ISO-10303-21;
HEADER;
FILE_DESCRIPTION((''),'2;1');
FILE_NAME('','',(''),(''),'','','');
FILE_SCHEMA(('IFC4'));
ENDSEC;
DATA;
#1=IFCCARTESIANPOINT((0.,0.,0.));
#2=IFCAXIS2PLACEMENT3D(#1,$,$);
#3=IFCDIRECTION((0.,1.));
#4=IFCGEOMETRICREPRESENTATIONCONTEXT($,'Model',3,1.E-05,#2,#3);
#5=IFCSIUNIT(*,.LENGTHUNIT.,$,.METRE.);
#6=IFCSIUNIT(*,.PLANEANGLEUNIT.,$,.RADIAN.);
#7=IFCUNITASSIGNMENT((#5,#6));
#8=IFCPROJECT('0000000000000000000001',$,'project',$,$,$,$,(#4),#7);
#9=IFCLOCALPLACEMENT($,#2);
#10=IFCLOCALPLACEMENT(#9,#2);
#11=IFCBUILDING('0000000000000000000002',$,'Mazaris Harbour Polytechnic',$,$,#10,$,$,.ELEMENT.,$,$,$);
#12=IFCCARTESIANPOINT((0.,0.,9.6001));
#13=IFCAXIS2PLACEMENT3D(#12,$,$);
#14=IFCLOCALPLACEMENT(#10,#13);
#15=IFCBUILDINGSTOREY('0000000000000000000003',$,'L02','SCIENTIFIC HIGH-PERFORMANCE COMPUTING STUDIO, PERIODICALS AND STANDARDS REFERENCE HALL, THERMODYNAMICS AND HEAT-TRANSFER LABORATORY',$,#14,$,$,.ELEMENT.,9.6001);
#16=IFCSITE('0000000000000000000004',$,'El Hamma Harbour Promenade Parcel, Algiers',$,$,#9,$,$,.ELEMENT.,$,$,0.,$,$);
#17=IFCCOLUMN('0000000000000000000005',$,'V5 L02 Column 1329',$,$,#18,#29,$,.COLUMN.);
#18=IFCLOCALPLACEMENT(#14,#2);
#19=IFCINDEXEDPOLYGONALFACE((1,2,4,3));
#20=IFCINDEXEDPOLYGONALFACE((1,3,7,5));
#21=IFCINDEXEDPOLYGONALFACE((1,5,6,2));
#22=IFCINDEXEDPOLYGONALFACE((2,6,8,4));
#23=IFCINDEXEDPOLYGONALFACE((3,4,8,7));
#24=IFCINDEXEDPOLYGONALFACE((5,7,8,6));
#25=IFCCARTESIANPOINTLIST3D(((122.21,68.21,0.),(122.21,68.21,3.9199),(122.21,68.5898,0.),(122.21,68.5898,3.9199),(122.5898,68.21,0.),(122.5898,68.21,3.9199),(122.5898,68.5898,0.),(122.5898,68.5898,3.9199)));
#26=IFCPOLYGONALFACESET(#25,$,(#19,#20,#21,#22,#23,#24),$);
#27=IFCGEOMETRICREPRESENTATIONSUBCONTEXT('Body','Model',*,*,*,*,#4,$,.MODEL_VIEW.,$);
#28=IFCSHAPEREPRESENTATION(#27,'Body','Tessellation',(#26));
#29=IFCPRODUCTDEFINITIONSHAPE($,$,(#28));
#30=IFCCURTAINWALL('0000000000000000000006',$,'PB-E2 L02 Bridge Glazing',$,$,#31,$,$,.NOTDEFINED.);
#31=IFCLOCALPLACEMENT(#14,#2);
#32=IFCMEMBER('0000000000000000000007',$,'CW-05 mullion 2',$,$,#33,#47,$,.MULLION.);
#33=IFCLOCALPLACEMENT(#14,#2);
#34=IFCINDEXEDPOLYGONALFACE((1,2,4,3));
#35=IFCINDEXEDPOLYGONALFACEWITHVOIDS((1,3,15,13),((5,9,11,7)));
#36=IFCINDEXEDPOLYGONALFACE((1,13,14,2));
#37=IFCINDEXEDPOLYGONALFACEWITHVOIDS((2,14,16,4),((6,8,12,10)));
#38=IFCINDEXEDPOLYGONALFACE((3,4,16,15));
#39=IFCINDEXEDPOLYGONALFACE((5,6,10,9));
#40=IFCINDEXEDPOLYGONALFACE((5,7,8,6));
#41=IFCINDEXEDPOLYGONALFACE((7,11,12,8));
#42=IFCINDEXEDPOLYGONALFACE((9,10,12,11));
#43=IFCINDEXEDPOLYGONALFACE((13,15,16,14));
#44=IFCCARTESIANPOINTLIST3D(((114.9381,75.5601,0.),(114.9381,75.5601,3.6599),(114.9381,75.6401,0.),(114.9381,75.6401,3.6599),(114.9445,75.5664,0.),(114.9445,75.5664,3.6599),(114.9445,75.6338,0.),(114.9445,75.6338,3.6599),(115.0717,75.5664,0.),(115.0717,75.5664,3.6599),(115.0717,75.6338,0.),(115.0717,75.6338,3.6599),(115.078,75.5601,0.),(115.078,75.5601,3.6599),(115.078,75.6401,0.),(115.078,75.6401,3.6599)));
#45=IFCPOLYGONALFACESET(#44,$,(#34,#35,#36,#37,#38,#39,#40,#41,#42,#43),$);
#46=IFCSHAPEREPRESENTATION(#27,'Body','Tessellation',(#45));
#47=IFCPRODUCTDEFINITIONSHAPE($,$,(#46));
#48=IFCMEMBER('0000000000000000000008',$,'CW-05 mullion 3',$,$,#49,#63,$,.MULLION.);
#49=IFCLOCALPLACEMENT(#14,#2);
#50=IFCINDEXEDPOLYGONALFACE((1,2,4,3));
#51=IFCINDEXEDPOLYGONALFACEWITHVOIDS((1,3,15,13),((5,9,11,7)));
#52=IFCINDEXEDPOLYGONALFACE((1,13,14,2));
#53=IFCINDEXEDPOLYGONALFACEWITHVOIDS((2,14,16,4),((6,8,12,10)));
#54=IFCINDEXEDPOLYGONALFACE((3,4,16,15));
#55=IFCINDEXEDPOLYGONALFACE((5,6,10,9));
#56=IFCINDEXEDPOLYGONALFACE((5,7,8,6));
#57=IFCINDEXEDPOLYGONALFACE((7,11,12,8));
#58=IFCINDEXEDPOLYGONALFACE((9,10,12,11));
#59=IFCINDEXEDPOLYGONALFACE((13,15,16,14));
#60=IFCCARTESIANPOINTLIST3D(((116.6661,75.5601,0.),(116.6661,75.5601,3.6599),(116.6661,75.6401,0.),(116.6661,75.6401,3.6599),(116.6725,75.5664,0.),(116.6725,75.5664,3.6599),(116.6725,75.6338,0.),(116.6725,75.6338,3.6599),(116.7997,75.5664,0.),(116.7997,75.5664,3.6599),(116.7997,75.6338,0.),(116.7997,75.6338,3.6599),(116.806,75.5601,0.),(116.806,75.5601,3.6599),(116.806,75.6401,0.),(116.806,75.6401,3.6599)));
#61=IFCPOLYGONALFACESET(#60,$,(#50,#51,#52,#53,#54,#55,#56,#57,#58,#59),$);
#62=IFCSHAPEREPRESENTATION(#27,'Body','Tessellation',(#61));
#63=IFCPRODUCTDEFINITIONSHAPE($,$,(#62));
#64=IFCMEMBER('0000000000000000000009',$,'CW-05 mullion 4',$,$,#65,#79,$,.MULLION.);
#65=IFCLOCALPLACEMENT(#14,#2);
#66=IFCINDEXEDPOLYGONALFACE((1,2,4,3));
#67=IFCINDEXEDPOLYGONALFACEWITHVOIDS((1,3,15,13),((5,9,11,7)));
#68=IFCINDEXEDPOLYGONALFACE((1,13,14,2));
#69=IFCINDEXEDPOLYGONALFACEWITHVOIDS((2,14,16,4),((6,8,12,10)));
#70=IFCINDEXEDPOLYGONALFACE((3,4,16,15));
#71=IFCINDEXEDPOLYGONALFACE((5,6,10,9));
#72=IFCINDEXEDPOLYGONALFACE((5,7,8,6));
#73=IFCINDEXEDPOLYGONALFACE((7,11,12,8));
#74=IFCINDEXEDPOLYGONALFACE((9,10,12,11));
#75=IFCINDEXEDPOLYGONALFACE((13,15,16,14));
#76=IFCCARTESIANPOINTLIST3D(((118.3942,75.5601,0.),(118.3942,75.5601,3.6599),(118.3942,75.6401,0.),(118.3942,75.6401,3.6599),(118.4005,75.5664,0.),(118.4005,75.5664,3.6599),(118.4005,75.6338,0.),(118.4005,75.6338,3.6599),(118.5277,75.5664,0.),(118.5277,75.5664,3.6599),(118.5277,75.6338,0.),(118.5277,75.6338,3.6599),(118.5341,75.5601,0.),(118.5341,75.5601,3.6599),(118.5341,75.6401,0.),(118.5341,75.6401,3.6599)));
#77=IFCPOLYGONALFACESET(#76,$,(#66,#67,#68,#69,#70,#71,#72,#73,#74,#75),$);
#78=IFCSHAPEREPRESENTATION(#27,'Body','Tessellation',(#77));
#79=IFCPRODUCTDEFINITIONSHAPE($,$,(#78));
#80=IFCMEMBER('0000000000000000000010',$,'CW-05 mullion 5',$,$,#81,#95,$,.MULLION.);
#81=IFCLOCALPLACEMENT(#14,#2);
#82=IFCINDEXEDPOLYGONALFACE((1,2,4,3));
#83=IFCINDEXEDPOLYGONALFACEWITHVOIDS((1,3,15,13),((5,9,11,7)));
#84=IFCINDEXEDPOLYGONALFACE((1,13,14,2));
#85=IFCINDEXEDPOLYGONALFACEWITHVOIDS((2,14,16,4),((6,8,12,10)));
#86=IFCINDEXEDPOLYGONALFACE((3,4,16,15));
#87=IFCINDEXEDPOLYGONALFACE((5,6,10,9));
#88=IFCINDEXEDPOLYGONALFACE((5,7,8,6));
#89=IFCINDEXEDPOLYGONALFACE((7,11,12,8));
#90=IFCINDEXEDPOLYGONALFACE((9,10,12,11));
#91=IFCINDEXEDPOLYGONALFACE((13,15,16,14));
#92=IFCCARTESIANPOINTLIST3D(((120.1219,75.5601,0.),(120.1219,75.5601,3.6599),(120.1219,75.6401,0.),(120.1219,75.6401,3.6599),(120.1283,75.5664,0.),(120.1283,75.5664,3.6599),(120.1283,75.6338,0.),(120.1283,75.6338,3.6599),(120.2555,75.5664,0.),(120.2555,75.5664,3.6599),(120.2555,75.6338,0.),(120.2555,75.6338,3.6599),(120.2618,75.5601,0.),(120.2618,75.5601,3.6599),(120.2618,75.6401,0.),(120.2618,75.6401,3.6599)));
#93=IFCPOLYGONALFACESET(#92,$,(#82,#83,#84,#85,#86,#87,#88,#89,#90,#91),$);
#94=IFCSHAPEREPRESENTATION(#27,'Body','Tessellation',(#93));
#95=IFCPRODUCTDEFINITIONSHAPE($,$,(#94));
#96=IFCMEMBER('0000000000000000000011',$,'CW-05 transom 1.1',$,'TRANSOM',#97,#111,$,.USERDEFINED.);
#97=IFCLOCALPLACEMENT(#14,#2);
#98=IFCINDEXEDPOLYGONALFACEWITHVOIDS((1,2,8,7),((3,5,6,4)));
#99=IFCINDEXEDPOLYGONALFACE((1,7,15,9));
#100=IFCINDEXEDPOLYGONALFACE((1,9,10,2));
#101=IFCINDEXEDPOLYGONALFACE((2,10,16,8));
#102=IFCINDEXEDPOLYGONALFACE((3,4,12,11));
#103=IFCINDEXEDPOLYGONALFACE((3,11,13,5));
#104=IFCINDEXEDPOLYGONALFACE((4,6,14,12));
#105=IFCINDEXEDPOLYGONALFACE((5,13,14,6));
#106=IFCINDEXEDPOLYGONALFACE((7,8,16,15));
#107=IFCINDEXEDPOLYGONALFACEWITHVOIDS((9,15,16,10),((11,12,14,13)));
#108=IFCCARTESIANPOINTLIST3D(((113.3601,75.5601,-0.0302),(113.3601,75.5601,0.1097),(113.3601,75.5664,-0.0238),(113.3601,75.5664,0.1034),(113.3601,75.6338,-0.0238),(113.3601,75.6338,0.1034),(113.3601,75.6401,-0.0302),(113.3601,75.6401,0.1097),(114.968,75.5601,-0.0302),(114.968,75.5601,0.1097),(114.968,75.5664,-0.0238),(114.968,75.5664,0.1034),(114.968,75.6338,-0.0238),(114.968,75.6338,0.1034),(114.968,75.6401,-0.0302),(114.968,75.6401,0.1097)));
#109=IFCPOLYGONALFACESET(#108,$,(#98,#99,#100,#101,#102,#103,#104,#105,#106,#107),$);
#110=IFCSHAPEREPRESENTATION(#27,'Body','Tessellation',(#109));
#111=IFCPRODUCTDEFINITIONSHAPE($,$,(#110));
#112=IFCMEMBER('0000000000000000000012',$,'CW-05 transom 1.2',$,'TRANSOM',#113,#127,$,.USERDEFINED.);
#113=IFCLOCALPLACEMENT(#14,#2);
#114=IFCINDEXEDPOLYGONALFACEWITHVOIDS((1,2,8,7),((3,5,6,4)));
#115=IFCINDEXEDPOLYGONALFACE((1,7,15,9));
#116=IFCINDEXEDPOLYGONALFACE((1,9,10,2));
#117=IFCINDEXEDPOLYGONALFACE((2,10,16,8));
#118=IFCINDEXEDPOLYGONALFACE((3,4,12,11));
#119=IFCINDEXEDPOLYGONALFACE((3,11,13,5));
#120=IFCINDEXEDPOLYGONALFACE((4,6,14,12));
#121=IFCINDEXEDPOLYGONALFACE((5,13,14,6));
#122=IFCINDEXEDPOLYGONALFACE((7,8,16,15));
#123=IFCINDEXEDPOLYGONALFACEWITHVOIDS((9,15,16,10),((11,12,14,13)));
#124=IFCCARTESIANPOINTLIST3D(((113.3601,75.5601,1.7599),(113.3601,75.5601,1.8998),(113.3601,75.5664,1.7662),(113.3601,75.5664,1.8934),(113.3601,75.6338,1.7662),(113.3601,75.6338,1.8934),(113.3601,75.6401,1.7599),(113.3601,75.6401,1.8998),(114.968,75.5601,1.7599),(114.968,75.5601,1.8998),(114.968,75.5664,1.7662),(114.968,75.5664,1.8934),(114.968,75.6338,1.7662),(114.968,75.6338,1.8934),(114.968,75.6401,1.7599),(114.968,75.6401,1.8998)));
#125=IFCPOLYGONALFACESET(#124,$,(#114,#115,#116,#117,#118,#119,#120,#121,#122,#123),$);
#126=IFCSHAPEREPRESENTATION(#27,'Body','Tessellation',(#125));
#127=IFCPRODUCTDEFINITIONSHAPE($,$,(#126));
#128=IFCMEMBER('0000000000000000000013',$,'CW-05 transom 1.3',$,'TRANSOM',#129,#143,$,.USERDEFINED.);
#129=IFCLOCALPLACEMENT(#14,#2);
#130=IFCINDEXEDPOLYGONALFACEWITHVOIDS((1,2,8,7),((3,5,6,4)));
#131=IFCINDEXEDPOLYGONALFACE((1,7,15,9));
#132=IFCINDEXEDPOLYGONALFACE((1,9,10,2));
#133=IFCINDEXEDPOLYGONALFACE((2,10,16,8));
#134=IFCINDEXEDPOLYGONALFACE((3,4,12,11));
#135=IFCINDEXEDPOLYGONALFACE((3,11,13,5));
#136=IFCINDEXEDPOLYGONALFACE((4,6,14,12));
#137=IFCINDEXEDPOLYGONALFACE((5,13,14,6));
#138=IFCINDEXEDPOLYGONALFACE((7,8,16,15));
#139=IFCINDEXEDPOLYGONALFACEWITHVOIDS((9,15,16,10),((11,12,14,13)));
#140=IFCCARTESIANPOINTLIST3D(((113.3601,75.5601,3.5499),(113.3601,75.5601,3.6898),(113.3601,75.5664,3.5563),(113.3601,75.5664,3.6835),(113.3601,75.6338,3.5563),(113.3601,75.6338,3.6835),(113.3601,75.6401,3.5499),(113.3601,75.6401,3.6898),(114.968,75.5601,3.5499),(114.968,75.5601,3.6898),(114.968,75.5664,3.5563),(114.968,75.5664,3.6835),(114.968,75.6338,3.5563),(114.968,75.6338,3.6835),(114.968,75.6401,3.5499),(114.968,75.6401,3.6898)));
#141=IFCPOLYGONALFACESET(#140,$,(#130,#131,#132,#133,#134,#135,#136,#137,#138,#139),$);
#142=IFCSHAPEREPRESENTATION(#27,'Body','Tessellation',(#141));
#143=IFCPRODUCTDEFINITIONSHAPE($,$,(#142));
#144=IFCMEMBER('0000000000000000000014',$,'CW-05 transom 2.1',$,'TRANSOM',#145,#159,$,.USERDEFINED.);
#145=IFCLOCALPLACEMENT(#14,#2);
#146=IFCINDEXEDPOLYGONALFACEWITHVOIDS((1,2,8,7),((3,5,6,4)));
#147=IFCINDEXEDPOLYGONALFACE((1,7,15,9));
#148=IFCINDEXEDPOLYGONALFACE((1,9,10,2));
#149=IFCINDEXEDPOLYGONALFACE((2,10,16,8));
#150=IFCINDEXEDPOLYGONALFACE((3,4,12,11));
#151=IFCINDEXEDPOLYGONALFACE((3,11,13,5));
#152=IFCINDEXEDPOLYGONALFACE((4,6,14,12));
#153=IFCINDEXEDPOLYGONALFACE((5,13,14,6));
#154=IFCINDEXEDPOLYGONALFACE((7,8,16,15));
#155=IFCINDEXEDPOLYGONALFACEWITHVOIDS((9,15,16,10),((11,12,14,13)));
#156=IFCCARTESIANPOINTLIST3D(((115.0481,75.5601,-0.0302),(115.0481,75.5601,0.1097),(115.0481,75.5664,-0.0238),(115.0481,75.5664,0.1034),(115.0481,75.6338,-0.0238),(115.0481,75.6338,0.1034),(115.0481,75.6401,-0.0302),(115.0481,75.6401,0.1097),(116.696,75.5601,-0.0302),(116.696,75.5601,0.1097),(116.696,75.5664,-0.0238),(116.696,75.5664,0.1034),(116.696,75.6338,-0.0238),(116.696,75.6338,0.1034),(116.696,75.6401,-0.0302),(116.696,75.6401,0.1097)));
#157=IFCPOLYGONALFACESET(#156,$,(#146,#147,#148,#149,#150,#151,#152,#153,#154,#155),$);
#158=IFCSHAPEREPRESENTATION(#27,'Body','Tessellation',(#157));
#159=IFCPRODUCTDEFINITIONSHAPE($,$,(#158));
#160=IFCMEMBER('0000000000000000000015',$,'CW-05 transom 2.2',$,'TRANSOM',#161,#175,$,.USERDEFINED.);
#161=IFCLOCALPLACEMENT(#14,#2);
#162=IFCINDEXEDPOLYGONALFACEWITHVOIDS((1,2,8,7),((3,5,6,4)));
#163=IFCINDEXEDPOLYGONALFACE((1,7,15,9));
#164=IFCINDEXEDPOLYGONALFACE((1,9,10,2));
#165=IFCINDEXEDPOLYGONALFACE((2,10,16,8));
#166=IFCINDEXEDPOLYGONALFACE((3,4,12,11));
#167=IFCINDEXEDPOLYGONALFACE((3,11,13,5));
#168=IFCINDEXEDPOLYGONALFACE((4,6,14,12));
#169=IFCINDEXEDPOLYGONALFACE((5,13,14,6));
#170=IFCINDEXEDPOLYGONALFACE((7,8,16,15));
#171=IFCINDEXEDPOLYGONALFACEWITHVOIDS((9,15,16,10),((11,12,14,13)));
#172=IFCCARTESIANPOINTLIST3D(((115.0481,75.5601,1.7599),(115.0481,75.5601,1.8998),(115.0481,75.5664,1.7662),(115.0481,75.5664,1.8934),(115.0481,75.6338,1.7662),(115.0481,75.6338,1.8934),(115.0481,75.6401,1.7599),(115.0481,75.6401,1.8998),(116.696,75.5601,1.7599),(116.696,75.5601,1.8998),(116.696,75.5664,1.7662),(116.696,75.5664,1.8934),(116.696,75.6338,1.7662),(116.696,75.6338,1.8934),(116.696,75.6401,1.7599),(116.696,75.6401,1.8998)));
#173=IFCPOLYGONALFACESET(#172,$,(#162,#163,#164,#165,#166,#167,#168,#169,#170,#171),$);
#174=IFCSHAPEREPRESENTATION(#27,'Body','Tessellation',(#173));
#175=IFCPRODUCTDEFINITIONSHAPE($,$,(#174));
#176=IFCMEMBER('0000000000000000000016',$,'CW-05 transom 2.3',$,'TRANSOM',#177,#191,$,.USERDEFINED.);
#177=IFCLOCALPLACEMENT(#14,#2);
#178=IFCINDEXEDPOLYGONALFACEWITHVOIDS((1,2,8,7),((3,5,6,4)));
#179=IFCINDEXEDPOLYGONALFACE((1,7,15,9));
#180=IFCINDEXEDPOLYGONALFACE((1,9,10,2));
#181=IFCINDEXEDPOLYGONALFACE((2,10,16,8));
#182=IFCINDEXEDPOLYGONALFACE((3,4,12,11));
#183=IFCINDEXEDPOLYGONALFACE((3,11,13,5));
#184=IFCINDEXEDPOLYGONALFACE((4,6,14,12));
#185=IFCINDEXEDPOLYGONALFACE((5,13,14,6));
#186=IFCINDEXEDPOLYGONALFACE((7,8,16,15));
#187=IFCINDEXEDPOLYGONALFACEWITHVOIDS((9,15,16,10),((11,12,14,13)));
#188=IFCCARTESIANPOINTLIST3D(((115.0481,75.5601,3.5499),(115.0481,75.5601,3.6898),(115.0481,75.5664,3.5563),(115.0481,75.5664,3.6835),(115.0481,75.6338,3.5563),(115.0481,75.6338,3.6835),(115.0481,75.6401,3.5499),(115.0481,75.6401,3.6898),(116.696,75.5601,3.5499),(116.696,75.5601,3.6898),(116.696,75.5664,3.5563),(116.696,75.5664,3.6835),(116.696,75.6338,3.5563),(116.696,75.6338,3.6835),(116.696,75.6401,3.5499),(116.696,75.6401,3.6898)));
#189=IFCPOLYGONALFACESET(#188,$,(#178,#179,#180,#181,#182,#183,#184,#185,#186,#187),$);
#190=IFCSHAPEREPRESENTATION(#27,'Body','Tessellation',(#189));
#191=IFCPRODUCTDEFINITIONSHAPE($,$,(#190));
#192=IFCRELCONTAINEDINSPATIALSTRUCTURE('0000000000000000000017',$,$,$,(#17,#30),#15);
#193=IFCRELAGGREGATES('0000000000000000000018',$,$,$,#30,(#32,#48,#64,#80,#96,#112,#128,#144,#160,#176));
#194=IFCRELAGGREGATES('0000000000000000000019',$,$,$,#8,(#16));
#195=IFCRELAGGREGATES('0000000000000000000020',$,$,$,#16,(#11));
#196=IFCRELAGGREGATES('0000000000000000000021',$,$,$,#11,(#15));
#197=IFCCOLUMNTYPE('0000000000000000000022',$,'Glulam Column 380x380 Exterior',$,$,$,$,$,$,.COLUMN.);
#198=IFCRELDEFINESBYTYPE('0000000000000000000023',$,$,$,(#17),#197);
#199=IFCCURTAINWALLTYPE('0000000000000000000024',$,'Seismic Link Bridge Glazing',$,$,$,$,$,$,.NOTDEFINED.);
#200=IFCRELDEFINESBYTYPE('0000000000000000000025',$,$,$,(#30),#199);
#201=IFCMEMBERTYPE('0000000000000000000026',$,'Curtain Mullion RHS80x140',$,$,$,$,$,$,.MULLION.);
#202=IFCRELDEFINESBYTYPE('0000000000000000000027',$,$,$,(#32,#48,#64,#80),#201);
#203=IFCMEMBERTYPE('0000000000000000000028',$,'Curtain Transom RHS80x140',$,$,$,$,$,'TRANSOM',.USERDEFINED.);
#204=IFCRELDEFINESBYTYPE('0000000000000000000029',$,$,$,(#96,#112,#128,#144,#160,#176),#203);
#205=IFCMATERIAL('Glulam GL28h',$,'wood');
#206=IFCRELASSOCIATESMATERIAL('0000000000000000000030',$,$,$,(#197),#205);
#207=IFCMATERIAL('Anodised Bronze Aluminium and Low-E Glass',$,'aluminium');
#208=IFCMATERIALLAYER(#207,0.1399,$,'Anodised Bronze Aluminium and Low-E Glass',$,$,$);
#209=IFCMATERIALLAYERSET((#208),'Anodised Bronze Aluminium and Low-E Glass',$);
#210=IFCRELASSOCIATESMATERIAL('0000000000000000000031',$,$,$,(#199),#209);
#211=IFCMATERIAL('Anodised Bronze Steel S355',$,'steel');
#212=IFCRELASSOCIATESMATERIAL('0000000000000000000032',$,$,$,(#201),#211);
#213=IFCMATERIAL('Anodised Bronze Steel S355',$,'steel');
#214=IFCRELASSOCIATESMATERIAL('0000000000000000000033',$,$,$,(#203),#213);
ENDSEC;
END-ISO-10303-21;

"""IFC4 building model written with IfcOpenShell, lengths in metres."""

from ifc_helpers import new_model, si_unit, direction, frame, origin, origin_2d, place, context, subcontext, project, spatial, rectangle, hollow_rectangle, extrude, material, layer, layer_set, material_profile, profile_set, type_object, element, aggregate, save


model = new_model("IFC4")

# Units and contexts
model_context = context("Model", 3, precision=1e-05, world=origin(), true_north=direction((0.0, 1.0)))
body_context = subcontext(model_context, "Body", "Model", "MODEL_VIEW")
ifc_project = project(units=[si_unit("LENGTHUNIT", "METRE"), si_unit("PLANEANGLEUNIT", "RADIAN")], contexts=[model_context])

# Site, building, storey
site_placement = place(None, origin())
site = spatial("IfcSite", under=ifc_project, at=site_placement, Name="El Hamma Harbour Promenade Parcel, Algiers", CompositionType="ELEMENT", RefElevation=0.0)
building_placement = place(site_placement, origin())
building = spatial("IfcBuilding", under=site, at=building_placement, Name="Mazaris Harbour Polytechnic", CompositionType="ELEMENT")
storey_placement = place(building_placement, frame((0.0, 0.0, 9.6001)))
storey = spatial("IfcBuildingStorey", under=building, at=storey_placement, Name="L02", Description="SCIENTIFIC HIGH-PERFORMANCE COMPUTING STUDIO, PERIODICALS AND STANDARDS REFERENCE HALL, THERMODYNAMICS AND HEAT-TRANSFER LABORATORY", CompositionType="ELEMENT", Elevation=9.6001)

# Column
ifc_material_1 = material(Name="Glulam GL28h", Category="wood")
ifc_material_profile_1 = material_profile(ifc_material_1, rectangle(XDim=0.3799, YDim=0.3799, at=origin_2d()), Name="RECT380x380")
ifc_profile_set_1 = profile_set([ifc_material_profile_1], Name="Glulam GL28h")
column_type = type_object("IfcColumnType", Name="Glulam Column 380x380 Exterior", PredefinedType="COLUMN", material=ifc_profile_set_1)
column_placement = place(storey_placement, frame((122.3999, 68.3999, 0.0), z_axis=(0.0, 0.0, 1.0), x_axis=(1.0, 0.0, 0.0)))
element("IfcColumn", 1, at=column_placement, inside=storey, type_object=column_type, Name="V5 L02 Column 1329", PredefinedType="COLUMN", context=body_context, shape_type="SweptSolid", body=[
    extrude(rectangle(XDim=0.3799, YDim=0.3799, at=origin_2d()), origin(), (0.0, 0.0, 1.0), 3.9199),
])

# Curtain wall, members
ifc_material_2 = material(Name="Anodised Bronze Aluminium and Low-E Glass", Category="aluminium")
ifc_layer_1 = layer(ifc_material_2, 0.1399, Name="Anodised Bronze Aluminium and Low-E Glass")
ifc_layer_set_1 = layer_set([ifc_layer_1], Name="Anodised Bronze Aluminium and Low-E Glass")
curtain_wall_type = type_object("IfcCurtainWallType", Name="Seismic Link Bridge Glazing", PredefinedType="NOTDEFINED", material=ifc_layer_set_1)
curtain_wall_placement = place(storey_placement, origin())
curtain_wall = element("IfcCurtainWall", 2, at=curtain_wall_placement, inside=storey, type_object=curtain_wall_type, Name="PB-E2 L02 Bridge Glazing", PredefinedType="NOTDEFINED")
ifc_material_3 = material(Name="Anodised Bronze Steel S355", Category="steel")
ifc_material_profile_2 = material_profile(ifc_material_3, hollow_rectangle(XDim=0.0801, YDim=0.1399, WallThickness=0.0063, at=origin_2d()), Name="RHS 80x140x6.3")
ifc_profile_set_2 = profile_set([ifc_material_profile_2], Name="Anodised Bronze Steel S355")
member_type_1 = type_object("IfcMemberType", Name="Curtain Mullion RHS80x140", PredefinedType="MULLION", material=ifc_profile_set_2)
member_1_placement = place(storey_placement, frame((115.0081, 75.6001, 0.0), z_axis=(0.0, 0.0, 1.0), x_axis=(0.0, 1.0, 0.0)))
member_1 = element("IfcMember", 3, at=member_1_placement, type_object=member_type_1, Name="CW-05 mullion 2", PredefinedType="MULLION", context=body_context, shape_type="SweptSolid", body=[
    extrude(hollow_rectangle(XDim=0.0801, YDim=0.1399, WallThickness=0.0063, at=origin_2d()), origin(), (0.0, 0.0, 1.0), 3.6599),
])
member_2_placement = place(storey_placement, frame((116.7361, 75.6001, 0.0), z_axis=(0.0, 0.0, 1.0), x_axis=(0.0, 1.0, 0.0)))
member_2 = element("IfcMember", 4, at=member_2_placement, type_object=member_type_1, Name="CW-05 mullion 3", PredefinedType="MULLION", context=body_context, shape_type="SweptSolid", body=[
    extrude(hollow_rectangle(XDim=0.0801, YDim=0.1399, WallThickness=0.0063, at=origin_2d()), origin(), (0.0, 0.0, 1.0), 3.6599),
])
member_3_placement = place(storey_placement, frame((118.4641, 75.6001, 0.0), z_axis=(0.0, 0.0, 1.0), x_axis=(0.0, 1.0, 0.0)))
member_3 = element("IfcMember", 5, at=member_3_placement, type_object=member_type_1, Name="CW-05 mullion 4", PredefinedType="MULLION", context=body_context, shape_type="SweptSolid", body=[
    extrude(hollow_rectangle(XDim=0.0801, YDim=0.1399, WallThickness=0.0063, at=origin_2d()), origin(), (0.0, 0.0, 1.0), 3.6599),
])
member_4_placement = place(storey_placement, frame((120.1919, 75.6001, 0.0), z_axis=(0.0, 0.0, 1.0), x_axis=(0.0, 1.0, 0.0)))
member_4 = element("IfcMember", 6, at=member_4_placement, type_object=member_type_1, Name="CW-05 mullion 5", PredefinedType="MULLION", context=body_context, shape_type="SweptSolid", body=[
    extrude(hollow_rectangle(XDim=0.0801, YDim=0.1399, WallThickness=0.0063, at=origin_2d()), origin(), (0.0, 0.0, 1.0), 3.6599),
])
ifc_material_4 = material(Name="Anodised Bronze Steel S355", Category="steel")
ifc_material_profile_3 = material_profile(ifc_material_4, hollow_rectangle(XDim=0.0801, YDim=0.1399, WallThickness=0.0063, at=origin_2d()), Name="RHS 80x140x6.3")
ifc_profile_set_3 = profile_set([ifc_material_profile_3], Name="Anodised Bronze Steel S355")
member_type_2 = type_object("IfcMemberType", Name="Curtain Transom RHS80x140", ElementType="TRANSOM", PredefinedType="USERDEFINED", material=ifc_profile_set_3)
member_5_placement = place(storey_placement, frame((113.3601, 75.6001, 0.0398), z_axis=(1.0, 0.0, 0.0), x_axis=(0.0, 1.0, 0.0)))
member_5 = element("IfcMember", 7, at=member_5_placement, type_object=member_type_2, Name="CW-05 transom 1.1", ObjectType="TRANSOM", PredefinedType="USERDEFINED", context=body_context, shape_type="SweptSolid", body=[
    extrude(hollow_rectangle(XDim=0.0801, YDim=0.1399, WallThickness=0.0063, at=origin_2d()), origin(), (0.0, 0.0, 1.0), 1.6079),
])
member_6_placement = place(storey_placement, frame((113.3601, 75.6001, 1.8298), z_axis=(1.0, 0.0, 0.0), x_axis=(0.0, 1.0, 0.0)))
member_6 = element("IfcMember", 8, at=member_6_placement, type_object=member_type_2, Name="CW-05 transom 1.2", ObjectType="TRANSOM", PredefinedType="USERDEFINED", context=body_context, shape_type="SweptSolid", body=[
    extrude(hollow_rectangle(XDim=0.0801, YDim=0.1399, WallThickness=0.0063, at=origin_2d()), origin(), (0.0, 0.0, 1.0), 1.6079),
])
member_7_placement = place(storey_placement, frame((113.3601, 75.6001, 3.6199), z_axis=(1.0, 0.0, 0.0), x_axis=(0.0, 1.0, 0.0)))
member_7 = element("IfcMember", 9, at=member_7_placement, type_object=member_type_2, Name="CW-05 transom 1.3", ObjectType="TRANSOM", PredefinedType="USERDEFINED", context=body_context, shape_type="SweptSolid", body=[
    extrude(hollow_rectangle(XDim=0.0801, YDim=0.1399, WallThickness=0.0063, at=origin_2d()), origin(), (0.0, 0.0, 1.0), 1.6079),
])
member_8_placement = place(storey_placement, frame((115.0481, 75.6001, 0.0398), z_axis=(1.0, 0.0, 0.0), x_axis=(0.0, 1.0, 0.0)))
member_8 = element("IfcMember", 10, at=member_8_placement, type_object=member_type_2, Name="CW-05 transom 2.1", ObjectType="TRANSOM", PredefinedType="USERDEFINED", context=body_context, shape_type="SweptSolid", body=[
    extrude(hollow_rectangle(XDim=0.0801, YDim=0.1399, WallThickness=0.0063, at=origin_2d()), origin(), (0.0, 0.0, 1.0), 1.6479),
])
member_9_placement = place(storey_placement, frame((115.0481, 75.6001, 1.8298), z_axis=(1.0, 0.0, 0.0), x_axis=(0.0, 1.0, 0.0)))
member_9 = element("IfcMember", 11, at=member_9_placement, type_object=member_type_2, Name="CW-05 transom 2.2", ObjectType="TRANSOM", PredefinedType="USERDEFINED", context=body_context, shape_type="SweptSolid", body=[
    extrude(hollow_rectangle(XDim=0.0801, YDim=0.1399, WallThickness=0.0063, at=origin_2d()), origin(), (0.0, 0.0, 1.0), 1.6479),
])
member_10_placement = place(storey_placement, frame((115.0481, 75.6001, 3.6199), z_axis=(1.0, 0.0, 0.0), x_axis=(0.0, 1.0, 0.0)))
member_10 = element("IfcMember", 12, at=member_10_placement, type_object=member_type_2, Name="CW-05 transom 2.3", ObjectType="TRANSOM", PredefinedType="USERDEFINED", context=body_context, shape_type="SweptSolid", body=[
    extrude(hollow_rectangle(XDim=0.0801, YDim=0.1399, WallThickness=0.0063, at=origin_2d()), origin(), (0.0, 0.0, 1.0), 1.6479),
])

aggregate(curtain_wall, [member_1, member_2, member_3, member_4, member_5, member_6, member_7, member_8, member_9, member_10])

save(model, "model.ifc")
